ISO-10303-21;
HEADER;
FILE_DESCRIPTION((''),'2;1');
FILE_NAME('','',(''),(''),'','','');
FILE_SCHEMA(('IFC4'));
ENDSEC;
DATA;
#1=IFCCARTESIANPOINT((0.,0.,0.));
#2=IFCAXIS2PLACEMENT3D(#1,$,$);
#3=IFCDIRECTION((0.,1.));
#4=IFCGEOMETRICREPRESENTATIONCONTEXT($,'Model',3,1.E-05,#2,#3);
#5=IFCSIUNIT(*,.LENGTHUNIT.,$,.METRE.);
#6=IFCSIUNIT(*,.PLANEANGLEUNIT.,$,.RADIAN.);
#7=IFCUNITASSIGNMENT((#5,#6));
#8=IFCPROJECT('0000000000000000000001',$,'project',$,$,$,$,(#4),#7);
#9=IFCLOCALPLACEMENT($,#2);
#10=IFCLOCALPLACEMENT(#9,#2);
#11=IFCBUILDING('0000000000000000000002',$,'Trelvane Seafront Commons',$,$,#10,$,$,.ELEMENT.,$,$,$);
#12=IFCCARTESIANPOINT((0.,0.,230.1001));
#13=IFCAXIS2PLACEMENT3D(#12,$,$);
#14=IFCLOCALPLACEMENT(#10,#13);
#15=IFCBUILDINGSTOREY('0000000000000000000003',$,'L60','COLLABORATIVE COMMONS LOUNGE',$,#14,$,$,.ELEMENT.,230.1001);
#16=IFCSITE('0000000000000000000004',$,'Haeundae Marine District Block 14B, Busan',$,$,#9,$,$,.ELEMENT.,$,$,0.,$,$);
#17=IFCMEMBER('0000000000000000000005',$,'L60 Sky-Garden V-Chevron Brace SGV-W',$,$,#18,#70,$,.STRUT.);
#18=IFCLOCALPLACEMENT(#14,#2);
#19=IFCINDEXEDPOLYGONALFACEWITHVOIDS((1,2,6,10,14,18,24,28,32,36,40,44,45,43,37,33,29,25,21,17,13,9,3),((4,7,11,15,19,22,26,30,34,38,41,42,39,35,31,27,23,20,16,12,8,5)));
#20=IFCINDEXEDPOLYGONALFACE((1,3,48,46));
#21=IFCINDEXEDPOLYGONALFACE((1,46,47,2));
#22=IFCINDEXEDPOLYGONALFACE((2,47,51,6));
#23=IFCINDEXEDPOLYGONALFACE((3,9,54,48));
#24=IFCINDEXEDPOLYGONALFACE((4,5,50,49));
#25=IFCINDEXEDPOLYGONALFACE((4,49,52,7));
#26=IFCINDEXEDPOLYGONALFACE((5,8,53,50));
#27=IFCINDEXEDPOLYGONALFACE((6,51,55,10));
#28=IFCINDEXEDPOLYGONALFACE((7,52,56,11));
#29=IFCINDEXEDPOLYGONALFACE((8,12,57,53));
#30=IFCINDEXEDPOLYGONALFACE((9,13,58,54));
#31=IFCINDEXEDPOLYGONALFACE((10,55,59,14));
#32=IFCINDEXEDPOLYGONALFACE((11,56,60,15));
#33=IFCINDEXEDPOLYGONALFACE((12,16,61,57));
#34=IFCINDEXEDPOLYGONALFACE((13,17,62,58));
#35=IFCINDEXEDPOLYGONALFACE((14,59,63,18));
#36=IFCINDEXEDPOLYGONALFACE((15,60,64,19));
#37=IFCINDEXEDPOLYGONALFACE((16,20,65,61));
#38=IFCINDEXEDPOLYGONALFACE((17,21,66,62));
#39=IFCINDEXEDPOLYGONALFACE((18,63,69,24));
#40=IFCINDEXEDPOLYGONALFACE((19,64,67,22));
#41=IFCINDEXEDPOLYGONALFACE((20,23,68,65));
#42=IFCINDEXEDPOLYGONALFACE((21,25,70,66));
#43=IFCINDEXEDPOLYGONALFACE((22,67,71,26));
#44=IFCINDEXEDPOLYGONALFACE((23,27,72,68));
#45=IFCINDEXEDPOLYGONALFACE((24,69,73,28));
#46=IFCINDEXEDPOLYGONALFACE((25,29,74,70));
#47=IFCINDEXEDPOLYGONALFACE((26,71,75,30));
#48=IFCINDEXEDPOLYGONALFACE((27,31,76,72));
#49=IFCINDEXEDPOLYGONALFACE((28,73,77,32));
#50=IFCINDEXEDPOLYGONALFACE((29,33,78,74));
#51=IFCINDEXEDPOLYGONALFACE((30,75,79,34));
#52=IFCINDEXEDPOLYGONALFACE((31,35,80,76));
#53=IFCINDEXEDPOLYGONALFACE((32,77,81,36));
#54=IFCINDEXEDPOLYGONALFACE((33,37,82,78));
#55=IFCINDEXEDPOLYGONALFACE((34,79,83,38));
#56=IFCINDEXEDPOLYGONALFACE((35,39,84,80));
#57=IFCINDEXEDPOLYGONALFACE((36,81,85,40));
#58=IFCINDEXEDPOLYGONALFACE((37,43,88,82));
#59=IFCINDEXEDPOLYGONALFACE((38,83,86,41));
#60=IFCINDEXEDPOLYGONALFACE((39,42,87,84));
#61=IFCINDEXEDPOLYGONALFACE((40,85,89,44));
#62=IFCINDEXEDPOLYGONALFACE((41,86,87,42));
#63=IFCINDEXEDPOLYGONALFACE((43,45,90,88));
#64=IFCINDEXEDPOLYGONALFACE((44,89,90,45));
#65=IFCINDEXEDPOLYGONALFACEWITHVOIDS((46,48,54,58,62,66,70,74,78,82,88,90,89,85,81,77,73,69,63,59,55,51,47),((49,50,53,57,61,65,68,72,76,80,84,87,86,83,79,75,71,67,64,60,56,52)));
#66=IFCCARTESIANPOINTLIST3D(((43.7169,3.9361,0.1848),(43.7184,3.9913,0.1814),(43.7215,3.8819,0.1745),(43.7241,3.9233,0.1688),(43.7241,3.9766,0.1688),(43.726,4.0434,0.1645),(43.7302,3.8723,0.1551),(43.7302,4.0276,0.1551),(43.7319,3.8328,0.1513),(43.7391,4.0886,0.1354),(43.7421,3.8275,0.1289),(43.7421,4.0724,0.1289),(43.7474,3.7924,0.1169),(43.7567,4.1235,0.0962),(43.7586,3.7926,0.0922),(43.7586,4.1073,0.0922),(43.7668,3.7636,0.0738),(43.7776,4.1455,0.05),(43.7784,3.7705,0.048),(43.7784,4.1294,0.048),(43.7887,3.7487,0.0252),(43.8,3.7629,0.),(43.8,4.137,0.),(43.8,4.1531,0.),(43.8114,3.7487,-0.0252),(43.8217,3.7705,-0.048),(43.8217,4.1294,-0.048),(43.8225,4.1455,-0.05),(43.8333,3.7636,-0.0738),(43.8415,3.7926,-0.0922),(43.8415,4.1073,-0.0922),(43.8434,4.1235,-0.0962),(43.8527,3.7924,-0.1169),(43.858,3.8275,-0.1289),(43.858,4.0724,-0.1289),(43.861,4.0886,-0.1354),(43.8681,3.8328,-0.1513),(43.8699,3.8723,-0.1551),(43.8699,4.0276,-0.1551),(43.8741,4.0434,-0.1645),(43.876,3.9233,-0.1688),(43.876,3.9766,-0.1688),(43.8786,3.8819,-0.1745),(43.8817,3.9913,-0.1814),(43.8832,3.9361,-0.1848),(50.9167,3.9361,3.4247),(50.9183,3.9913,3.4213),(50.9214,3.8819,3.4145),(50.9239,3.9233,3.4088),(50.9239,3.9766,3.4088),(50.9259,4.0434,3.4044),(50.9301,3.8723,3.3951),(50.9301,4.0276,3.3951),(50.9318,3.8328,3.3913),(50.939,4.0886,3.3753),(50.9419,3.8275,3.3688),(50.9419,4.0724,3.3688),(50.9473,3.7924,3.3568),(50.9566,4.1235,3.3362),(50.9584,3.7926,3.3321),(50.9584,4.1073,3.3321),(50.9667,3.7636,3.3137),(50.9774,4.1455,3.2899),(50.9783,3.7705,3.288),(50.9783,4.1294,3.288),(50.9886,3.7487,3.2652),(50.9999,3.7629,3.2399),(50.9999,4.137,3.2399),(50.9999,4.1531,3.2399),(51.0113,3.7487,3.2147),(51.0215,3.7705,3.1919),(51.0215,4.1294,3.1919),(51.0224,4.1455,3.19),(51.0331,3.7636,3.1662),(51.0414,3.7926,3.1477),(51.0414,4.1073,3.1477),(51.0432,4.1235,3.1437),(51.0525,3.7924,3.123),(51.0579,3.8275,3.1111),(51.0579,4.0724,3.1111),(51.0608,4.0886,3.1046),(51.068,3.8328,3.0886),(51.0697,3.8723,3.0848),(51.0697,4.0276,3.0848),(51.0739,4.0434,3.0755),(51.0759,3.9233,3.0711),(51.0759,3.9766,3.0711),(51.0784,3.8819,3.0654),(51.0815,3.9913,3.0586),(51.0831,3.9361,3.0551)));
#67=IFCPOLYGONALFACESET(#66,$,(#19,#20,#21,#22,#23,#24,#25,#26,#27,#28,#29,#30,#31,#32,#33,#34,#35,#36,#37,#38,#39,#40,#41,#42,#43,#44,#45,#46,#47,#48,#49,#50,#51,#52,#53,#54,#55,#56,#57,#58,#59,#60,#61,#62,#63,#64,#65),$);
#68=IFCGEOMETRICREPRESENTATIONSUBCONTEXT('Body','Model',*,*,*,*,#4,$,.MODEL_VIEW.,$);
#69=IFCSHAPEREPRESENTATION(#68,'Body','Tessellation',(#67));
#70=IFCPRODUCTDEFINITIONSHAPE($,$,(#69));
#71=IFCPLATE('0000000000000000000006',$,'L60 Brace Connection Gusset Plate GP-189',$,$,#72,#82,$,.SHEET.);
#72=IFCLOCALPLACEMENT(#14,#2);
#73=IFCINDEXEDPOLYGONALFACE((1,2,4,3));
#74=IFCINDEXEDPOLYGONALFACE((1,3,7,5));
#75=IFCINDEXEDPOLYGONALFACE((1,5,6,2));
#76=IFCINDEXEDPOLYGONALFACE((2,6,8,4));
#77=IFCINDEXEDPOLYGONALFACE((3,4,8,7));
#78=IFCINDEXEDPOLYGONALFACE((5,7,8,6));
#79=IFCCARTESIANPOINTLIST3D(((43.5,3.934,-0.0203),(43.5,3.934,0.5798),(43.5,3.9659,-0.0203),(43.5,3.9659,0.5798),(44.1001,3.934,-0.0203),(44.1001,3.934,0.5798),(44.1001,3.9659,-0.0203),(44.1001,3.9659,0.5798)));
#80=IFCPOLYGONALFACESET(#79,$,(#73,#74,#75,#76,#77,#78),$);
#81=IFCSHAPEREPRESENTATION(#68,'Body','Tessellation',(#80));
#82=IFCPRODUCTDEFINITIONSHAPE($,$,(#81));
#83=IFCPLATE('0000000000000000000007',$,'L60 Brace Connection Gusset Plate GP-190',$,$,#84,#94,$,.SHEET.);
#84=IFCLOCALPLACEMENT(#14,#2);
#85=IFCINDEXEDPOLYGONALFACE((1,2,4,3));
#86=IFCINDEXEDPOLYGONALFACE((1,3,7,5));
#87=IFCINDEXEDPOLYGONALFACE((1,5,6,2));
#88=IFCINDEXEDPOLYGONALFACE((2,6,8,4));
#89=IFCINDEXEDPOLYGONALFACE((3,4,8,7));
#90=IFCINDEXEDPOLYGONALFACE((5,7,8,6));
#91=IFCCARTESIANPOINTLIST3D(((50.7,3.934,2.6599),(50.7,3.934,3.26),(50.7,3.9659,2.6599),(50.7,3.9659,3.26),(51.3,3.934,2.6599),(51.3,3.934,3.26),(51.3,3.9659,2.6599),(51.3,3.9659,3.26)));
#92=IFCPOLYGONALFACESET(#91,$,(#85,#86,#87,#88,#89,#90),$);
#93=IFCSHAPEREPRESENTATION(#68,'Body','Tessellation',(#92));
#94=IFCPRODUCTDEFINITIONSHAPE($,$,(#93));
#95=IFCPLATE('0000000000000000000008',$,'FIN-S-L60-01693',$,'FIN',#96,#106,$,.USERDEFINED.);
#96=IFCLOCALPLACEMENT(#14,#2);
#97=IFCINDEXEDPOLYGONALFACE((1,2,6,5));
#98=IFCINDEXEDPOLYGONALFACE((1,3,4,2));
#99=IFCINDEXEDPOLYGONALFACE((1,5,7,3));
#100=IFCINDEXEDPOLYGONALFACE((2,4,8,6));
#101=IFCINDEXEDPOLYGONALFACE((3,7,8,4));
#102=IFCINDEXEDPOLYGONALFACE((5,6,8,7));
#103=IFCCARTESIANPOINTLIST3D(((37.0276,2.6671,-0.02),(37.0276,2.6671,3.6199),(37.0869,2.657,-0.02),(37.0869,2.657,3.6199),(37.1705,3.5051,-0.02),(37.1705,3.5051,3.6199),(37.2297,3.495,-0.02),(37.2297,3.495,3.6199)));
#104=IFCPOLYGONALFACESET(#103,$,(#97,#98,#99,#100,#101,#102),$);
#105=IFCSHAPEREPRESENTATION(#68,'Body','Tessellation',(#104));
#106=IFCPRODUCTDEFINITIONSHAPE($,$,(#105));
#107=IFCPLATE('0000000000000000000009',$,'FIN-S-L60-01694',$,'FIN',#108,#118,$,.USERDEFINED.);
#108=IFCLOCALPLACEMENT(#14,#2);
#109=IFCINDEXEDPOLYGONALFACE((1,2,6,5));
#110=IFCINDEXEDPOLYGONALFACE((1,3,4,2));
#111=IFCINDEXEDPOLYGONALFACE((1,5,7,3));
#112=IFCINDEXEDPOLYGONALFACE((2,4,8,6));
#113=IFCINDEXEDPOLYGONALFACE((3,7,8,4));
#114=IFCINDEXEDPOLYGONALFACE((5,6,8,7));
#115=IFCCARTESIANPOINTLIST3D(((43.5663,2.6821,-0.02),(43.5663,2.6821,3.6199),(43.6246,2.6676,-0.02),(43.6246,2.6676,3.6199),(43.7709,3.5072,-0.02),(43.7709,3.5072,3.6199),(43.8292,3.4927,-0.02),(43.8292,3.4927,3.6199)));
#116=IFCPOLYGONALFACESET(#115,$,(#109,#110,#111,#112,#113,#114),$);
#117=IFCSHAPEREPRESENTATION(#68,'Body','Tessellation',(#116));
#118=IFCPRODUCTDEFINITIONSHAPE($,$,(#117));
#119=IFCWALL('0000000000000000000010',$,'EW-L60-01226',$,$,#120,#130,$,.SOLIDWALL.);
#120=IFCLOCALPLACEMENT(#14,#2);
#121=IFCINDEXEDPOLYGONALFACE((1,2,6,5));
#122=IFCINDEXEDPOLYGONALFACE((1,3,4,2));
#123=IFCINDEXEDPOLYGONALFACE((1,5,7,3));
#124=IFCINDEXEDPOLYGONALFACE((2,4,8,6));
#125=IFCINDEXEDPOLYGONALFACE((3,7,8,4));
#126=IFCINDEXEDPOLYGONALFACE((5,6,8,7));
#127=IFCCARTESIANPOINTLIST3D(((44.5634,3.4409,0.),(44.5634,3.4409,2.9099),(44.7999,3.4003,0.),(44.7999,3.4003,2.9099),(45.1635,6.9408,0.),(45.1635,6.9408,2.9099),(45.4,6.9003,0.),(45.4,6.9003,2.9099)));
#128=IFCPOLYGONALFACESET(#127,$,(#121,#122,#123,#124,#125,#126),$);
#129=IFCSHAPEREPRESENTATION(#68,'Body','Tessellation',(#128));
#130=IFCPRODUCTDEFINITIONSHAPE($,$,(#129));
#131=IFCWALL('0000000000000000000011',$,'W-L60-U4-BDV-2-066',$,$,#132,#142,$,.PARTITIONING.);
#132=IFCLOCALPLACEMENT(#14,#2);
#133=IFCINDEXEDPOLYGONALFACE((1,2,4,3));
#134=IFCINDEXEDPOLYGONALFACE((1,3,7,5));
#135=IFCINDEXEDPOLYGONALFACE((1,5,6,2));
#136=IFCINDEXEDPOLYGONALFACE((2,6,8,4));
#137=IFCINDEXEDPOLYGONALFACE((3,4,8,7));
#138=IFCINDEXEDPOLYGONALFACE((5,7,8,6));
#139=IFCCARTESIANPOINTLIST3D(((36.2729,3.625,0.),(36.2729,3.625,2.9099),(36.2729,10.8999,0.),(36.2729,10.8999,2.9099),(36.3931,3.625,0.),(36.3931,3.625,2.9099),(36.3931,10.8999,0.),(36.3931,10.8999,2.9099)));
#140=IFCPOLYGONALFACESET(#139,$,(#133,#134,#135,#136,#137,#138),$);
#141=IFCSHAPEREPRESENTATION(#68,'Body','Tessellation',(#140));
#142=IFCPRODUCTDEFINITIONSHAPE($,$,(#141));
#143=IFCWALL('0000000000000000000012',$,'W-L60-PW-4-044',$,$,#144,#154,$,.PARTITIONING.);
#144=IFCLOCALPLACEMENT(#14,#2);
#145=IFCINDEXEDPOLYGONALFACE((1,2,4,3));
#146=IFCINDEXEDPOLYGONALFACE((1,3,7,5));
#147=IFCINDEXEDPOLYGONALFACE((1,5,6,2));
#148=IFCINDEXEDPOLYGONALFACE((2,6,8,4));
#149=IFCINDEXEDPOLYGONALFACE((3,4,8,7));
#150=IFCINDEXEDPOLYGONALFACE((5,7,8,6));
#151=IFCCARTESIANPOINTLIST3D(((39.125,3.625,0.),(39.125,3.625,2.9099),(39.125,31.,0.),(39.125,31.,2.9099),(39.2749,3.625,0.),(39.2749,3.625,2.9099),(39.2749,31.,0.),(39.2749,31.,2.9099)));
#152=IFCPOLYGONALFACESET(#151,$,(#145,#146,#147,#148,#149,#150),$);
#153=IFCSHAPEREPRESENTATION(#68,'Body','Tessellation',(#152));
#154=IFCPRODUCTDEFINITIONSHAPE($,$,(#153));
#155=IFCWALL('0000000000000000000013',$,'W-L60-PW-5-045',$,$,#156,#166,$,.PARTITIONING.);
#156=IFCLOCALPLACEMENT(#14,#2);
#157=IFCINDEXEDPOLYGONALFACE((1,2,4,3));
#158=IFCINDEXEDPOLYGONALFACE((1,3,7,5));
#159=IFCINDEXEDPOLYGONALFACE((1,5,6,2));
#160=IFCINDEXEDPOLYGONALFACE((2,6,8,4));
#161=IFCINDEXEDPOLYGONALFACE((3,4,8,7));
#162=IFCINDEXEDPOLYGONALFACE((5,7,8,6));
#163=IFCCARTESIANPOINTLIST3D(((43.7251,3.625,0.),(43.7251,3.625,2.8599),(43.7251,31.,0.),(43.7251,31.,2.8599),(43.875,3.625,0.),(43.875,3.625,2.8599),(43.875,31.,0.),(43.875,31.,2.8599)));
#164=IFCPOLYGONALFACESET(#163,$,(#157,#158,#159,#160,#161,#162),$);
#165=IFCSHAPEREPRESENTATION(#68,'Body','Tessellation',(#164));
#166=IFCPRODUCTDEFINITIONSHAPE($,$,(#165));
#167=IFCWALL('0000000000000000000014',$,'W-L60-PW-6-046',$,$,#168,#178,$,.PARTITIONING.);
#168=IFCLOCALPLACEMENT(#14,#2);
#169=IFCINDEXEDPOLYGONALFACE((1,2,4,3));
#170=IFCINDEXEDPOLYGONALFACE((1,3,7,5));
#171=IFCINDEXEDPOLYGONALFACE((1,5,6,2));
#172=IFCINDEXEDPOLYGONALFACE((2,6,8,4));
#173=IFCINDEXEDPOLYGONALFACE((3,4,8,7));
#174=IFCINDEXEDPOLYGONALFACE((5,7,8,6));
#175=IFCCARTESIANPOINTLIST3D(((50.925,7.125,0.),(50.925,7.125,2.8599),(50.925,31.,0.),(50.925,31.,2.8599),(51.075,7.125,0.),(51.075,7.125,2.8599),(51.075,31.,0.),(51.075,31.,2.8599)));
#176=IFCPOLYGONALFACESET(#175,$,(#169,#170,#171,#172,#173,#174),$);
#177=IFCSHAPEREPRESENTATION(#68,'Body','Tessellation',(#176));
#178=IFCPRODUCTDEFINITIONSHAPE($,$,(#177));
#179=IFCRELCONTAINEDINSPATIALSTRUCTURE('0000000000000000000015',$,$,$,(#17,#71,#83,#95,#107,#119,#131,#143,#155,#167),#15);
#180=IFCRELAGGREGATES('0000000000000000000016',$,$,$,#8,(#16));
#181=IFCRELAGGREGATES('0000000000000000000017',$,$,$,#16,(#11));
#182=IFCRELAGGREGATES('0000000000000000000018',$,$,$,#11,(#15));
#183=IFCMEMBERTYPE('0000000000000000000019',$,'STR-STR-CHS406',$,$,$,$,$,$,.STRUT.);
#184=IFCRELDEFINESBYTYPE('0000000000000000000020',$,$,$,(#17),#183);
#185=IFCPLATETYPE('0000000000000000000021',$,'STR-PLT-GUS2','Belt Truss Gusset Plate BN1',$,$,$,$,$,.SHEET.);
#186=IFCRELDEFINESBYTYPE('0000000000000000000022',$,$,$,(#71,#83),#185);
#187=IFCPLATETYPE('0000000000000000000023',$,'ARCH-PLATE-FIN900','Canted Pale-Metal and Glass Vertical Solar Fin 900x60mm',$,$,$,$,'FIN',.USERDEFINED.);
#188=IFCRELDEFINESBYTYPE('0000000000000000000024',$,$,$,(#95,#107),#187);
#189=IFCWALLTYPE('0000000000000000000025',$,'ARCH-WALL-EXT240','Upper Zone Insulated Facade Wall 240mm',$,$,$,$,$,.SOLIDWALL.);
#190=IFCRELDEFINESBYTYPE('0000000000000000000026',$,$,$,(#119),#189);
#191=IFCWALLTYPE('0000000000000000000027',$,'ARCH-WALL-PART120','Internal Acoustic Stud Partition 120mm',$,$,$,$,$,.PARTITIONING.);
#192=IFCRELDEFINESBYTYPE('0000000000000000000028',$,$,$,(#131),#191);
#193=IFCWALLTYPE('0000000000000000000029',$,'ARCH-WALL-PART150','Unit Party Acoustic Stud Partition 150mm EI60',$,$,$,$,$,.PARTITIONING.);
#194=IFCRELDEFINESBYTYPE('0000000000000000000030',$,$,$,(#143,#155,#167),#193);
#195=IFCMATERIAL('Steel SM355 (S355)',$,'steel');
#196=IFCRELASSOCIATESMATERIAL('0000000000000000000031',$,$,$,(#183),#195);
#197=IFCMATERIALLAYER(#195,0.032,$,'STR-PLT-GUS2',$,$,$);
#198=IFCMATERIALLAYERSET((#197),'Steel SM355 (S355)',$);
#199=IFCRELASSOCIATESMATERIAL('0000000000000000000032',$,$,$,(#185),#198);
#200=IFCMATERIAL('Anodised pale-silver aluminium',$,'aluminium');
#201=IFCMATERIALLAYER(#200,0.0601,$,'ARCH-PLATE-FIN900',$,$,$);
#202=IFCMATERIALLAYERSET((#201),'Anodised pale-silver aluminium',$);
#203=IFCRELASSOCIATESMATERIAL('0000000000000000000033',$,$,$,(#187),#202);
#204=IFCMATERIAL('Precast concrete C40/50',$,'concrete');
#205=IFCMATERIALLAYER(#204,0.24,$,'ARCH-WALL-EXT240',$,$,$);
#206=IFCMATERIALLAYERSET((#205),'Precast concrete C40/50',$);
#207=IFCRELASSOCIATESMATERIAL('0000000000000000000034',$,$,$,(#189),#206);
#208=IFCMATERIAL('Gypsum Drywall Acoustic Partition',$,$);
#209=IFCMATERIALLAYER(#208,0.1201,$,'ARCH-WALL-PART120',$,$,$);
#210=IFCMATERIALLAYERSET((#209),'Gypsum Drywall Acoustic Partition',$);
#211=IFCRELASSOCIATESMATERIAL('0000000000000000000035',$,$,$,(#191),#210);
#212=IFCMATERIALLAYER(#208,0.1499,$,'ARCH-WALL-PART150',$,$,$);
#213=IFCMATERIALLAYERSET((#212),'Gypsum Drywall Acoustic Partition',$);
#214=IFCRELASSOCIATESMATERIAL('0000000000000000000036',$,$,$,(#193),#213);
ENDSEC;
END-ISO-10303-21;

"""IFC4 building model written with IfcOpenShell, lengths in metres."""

from ifc_helpers import new_model, si_unit, direction, frame, frame_2d, origin, origin_2d, place, context, subcontext, project, spatial, rectangle, hollow_circle, extrude, source, transform, mapped, material, layer, layer_set, material_profile, profile_set, type_object, element, save


model = new_model("IFC4")

# Units and contexts
model_context = context("Model", 3, precision=1e-05, world=origin(), true_north=direction((0.0, 1.0)))
body_context = subcontext(model_context, "Body", "Model", "MODEL_VIEW")
ifc_project = project(units=[si_unit("LENGTHUNIT", "METRE"), si_unit("PLANEANGLEUNIT", "RADIAN")], contexts=[model_context])

# Site, building, storey
site_placement = place(None, origin())
site = spatial("IfcSite", under=ifc_project, at=site_placement, Name="Haeundae Marine District Block 14B, Busan", CompositionType="ELEMENT", RefElevation=0.0)
building_placement = place(site_placement, origin())
building = spatial("IfcBuilding", under=site, at=building_placement, Name="Trelvane Seafront Commons", CompositionType="ELEMENT")
storey_placement = place(building_placement, frame((0.0, 0.0, 230.1001)))
storey = spatial("IfcBuildingStorey", under=building, at=storey_placement, Name="L60", Description="COLLABORATIVE COMMONS LOUNGE", CompositionType="ELEMENT", Elevation=230.1001)

# Shared definitions
ifc_material_1 = material(Name="Steel SM355 (S355)", Category="steel")

# Member
ifc_material_profile_1 = material_profile(ifc_material_1, hollow_circle(Radius=0.2031, WallThickness=0.0161, at=origin_2d()), Name="CHS-406.4x16")
ifc_profile_set_1 = profile_set([ifc_material_profile_1], Name="Steel SM355 (S355)")
member_type = type_object("IfcMemberType", Name="STR-STR-CHS406", PredefinedType="STRUT", material=ifc_profile_set_1)
shared_shape_1 = source(origin(), body_context, "Body", "SweptSolid", [
    extrude(hollow_circle(Radius=0.2031, WallThickness=0.0161, at=origin_2d()), origin(), (0.0, 0.0, 1.0), 7.8953),
])
member_placement = place(storey_placement, frame((43.8, 3.95, 0.0), z_axis=(0.911921, 0.0, 0.410366), x_axis=(0.0, 1.0, 0.0)))
element("IfcMember", 1, at=member_placement, inside=storey, type_object=member_type, Name="L60 Sky-Garden V-Chevron Brace SGV-W", PredefinedType="STRUT", context=body_context, shape_type="MappedRepresentation", body=[
    mapped(shared_shape_1, transform((0.0, 0.0, 0.0), x_axis=(1.0, 0.0, 0.0), y_axis=(0.0, 1.0, 0.0), z_axis=(0.0, 0.0, 1.0), scale=1.0)),
])

# Plates
ifc_layer_1 = layer(ifc_material_1, 0.032, Name="STR-PLT-GUS2")
ifc_layer_set_1 = layer_set([ifc_layer_1], Name="Steel SM355 (S355)")
plate_type_1 = type_object("IfcPlateType", Name="STR-PLT-GUS2", Description="Belt Truss Gusset Plate BN1", PredefinedType="SHEET", material=ifc_layer_set_1)
shared_shape_2 = source(origin(), body_context, "Body", "SweptSolid", [
    extrude(rectangle(XDim=0.6001, YDim=0.032, at=origin_2d()), origin(), (0.0, 0.0, 1.0), 0.6001),
])
for number, where, z_axis, x_axis, name in (
    (2, (43.8, 3.95, -0.0203), (0.0, 0.0, 1.0), (1.0, 0.0, 0.0), "L60 Brace Connection Gusset Plate GP-189"),
    (3, (51.0, 3.95, 2.6599), (0.0, 0.0, 1.0), (1.0, 0.0, 0.0), "L60 Brace Connection Gusset Plate GP-190"),
):
    element("IfcPlate", number, at=place(storey_placement, frame(where, z_axis=z_axis, x_axis=x_axis)), inside=storey, type_object=plate_type_1, Name=name, PredefinedType="SHEET", context=body_context, shape_type="MappedRepresentation", body=[
        mapped(shared_shape_2, transform((0.0, 0.0, 0.0), x_axis=(1.0, 0.0, 0.0), y_axis=(0.0, 1.0, 0.0), z_axis=(0.0, 0.0, 1.0), scale=1.0)),
    ])
ifc_material_2 = material(Name="Anodised pale-silver aluminium", Category="aluminium")
ifc_layer_2 = layer(ifc_material_2, 0.0601, Name="ARCH-PLATE-FIN900")
ifc_layer_set_2 = layer_set([ifc_layer_2], Name="Anodised pale-silver aluminium")
plate_type_2 = type_object("IfcPlateType", Name="ARCH-PLATE-FIN900", Description="Canted Pale-Metal and Glass Vertical Solar Fin 900x60mm", ElementType="FIN", PredefinedType="USERDEFINED", material=ifc_layer_set_2)
shared_shape_3 = source(origin(), body_context, "Body", "SweptSolid", [
    extrude(rectangle(XDim=0.8501, YDim=0.0601, at=origin_2d()), origin(), (0.0, 0.0, 1.0), 3.6399),
])
for number, where, z_axis, x_axis, name in (
    (4, (37.1287, 3.0811, -0.02), (0.0, 0.0, 1.0), (-0.168004, -0.985786, 0.0), "FIN-S-L60-01693"),
    (5, (43.6978, 3.0874, -0.02), (0.0, 0.0, 1.0), (-0.240597, -0.970625, 0.0), "FIN-S-L60-01694"),
):
    element("IfcPlate", number, at=place(storey_placement, frame(where, z_axis=z_axis, x_axis=x_axis)), inside=storey, type_object=plate_type_2, Name=name, ObjectType="FIN", PredefinedType="USERDEFINED", context=body_context, shape_type="MappedRepresentation", body=[
        mapped(shared_shape_3, transform((0.0, 0.0, 0.0), x_axis=(1.0, 0.0, 0.0), y_axis=(0.0, 1.0, 0.0), z_axis=(0.0, 0.0, 1.0), scale=1.0)),
    ])

# Wall
ifc_material_3 = material(Name="Precast concrete C40/50", Category="concrete")
ifc_layer_3 = layer(ifc_material_3, 0.24, Name="ARCH-WALL-EXT240")
ifc_layer_set_3 = layer_set([ifc_layer_3], Name="Precast concrete C40/50")
wall_type_1 = type_object("IfcWallType", Name="ARCH-WALL-EXT240", Description="Upper Zone Insulated Facade Wall 240mm", PredefinedType="SOLIDWALL", material=ifc_layer_set_3)
wall_1_placement = place(storey_placement, frame((45.2817, 6.9204, 0.0), z_axis=(0.0, 0.0, 1.0), x_axis=(-0.168991, -0.985618, 0.0)))
element("IfcWall", 6, at=wall_1_placement, inside=storey, type_object=wall_type_1, Name="EW-L60-01226", PredefinedType="SOLIDWALL", context=body_context, shape_type="SweptSolid", body=[
    extrude(rectangle(XDim=3.551, YDim=0.24, at=frame_2d((1.7754, 0.0))), origin(), (0.0, 0.0, 1.0), 2.9099),
])

# Shared definitions
ifc_material_4 = material(Name="Gypsum Drywall Acoustic Partition")
ifc_layer_4 = layer(ifc_material_4, 0.1201, Name="ARCH-WALL-PART120")
ifc_layer_set_4 = layer_set([ifc_layer_4], Name="Gypsum Drywall Acoustic Partition")
wall_type_2 = type_object("IfcWallType", Name="ARCH-WALL-PART120", Description="Internal Acoustic Stud Partition 120mm", PredefinedType="PARTITIONING", material=ifc_layer_set_4)

# Walls
wall_2_placement = place(storey_placement, frame((36.333, 3.625, 0.0), z_axis=(0.0, 0.0, 1.0), x_axis=(0.0, 1.0, 0.0)))
element("IfcWall", 7, at=wall_2_placement, inside=storey, type_object=wall_type_2, Name="W-L60-U4-BDV-2-066", PredefinedType="PARTITIONING", context=body_context, shape_type="SweptSolid", body=[
    extrude(rectangle(XDim=7.2749, YDim=0.1201, at=frame_2d((3.6375, 0.0))), origin(), (0.0, 0.0, 1.0), 2.9099),
])
ifc_layer_5 = layer(ifc_material_4, 0.1499, Name="ARCH-WALL-PART150")
ifc_layer_set_5 = layer_set([ifc_layer_5], Name="Gypsum Drywall Acoustic Partition")
wall_type_3 = type_object("IfcWallType", Name="ARCH-WALL-PART150", Description="Unit Party Acoustic Stud Partition 150mm EI60", PredefinedType="PARTITIONING", material=ifc_layer_set_5)
wall_3_placement = place(storey_placement, frame((39.2, 3.625, 0.0), z_axis=(0.0, 0.0, 1.0), x_axis=(0.0, 1.0, 0.0)))
element("IfcWall", 8, at=wall_3_placement, inside=storey, type_object=wall_type_3, Name="W-L60-PW-4-044", PredefinedType="PARTITIONING", context=body_context, shape_type="SweptSolid", body=[
    extrude(rectangle(XDim=27.375, YDim=0.1499, at=frame_2d((13.6875, 0.0))), origin(), (0.0, 0.0, 1.0), 2.9099),
])
wall_4_placement = place(storey_placement, frame((43.8, 3.625, 0.0), z_axis=(0.0, 0.0, 1.0), x_axis=(0.0, 1.0, 0.0)))
element("IfcWall", 9, at=wall_4_placement, inside=storey, type_object=wall_type_3, Name="W-L60-PW-5-045", PredefinedType="PARTITIONING", context=body_context, shape_type="SweptSolid", body=[
    extrude(rectangle(XDim=27.375, YDim=0.1499, at=frame_2d((13.6875, 0.0))), origin(), (0.0, 0.0, 1.0), 2.8599),
])
wall_5_placement = place(storey_placement, frame((51.0, 7.125, 0.0), z_axis=(0.0, 0.0, 1.0), x_axis=(0.0, 1.0, 0.0)))
element("IfcWall", 10, at=wall_5_placement, inside=storey, type_object=wall_type_3, Name="W-L60-PW-6-046", PredefinedType="PARTITIONING", context=body_context, shape_type="SweptSolid", body=[
    extrude(rectangle(XDim=23.875, YDim=0.1499, at=frame_2d((11.9375, 0.0))), origin(), (0.0, 0.0, 1.0), 2.8599),
])

save(model, "model.ifc")
